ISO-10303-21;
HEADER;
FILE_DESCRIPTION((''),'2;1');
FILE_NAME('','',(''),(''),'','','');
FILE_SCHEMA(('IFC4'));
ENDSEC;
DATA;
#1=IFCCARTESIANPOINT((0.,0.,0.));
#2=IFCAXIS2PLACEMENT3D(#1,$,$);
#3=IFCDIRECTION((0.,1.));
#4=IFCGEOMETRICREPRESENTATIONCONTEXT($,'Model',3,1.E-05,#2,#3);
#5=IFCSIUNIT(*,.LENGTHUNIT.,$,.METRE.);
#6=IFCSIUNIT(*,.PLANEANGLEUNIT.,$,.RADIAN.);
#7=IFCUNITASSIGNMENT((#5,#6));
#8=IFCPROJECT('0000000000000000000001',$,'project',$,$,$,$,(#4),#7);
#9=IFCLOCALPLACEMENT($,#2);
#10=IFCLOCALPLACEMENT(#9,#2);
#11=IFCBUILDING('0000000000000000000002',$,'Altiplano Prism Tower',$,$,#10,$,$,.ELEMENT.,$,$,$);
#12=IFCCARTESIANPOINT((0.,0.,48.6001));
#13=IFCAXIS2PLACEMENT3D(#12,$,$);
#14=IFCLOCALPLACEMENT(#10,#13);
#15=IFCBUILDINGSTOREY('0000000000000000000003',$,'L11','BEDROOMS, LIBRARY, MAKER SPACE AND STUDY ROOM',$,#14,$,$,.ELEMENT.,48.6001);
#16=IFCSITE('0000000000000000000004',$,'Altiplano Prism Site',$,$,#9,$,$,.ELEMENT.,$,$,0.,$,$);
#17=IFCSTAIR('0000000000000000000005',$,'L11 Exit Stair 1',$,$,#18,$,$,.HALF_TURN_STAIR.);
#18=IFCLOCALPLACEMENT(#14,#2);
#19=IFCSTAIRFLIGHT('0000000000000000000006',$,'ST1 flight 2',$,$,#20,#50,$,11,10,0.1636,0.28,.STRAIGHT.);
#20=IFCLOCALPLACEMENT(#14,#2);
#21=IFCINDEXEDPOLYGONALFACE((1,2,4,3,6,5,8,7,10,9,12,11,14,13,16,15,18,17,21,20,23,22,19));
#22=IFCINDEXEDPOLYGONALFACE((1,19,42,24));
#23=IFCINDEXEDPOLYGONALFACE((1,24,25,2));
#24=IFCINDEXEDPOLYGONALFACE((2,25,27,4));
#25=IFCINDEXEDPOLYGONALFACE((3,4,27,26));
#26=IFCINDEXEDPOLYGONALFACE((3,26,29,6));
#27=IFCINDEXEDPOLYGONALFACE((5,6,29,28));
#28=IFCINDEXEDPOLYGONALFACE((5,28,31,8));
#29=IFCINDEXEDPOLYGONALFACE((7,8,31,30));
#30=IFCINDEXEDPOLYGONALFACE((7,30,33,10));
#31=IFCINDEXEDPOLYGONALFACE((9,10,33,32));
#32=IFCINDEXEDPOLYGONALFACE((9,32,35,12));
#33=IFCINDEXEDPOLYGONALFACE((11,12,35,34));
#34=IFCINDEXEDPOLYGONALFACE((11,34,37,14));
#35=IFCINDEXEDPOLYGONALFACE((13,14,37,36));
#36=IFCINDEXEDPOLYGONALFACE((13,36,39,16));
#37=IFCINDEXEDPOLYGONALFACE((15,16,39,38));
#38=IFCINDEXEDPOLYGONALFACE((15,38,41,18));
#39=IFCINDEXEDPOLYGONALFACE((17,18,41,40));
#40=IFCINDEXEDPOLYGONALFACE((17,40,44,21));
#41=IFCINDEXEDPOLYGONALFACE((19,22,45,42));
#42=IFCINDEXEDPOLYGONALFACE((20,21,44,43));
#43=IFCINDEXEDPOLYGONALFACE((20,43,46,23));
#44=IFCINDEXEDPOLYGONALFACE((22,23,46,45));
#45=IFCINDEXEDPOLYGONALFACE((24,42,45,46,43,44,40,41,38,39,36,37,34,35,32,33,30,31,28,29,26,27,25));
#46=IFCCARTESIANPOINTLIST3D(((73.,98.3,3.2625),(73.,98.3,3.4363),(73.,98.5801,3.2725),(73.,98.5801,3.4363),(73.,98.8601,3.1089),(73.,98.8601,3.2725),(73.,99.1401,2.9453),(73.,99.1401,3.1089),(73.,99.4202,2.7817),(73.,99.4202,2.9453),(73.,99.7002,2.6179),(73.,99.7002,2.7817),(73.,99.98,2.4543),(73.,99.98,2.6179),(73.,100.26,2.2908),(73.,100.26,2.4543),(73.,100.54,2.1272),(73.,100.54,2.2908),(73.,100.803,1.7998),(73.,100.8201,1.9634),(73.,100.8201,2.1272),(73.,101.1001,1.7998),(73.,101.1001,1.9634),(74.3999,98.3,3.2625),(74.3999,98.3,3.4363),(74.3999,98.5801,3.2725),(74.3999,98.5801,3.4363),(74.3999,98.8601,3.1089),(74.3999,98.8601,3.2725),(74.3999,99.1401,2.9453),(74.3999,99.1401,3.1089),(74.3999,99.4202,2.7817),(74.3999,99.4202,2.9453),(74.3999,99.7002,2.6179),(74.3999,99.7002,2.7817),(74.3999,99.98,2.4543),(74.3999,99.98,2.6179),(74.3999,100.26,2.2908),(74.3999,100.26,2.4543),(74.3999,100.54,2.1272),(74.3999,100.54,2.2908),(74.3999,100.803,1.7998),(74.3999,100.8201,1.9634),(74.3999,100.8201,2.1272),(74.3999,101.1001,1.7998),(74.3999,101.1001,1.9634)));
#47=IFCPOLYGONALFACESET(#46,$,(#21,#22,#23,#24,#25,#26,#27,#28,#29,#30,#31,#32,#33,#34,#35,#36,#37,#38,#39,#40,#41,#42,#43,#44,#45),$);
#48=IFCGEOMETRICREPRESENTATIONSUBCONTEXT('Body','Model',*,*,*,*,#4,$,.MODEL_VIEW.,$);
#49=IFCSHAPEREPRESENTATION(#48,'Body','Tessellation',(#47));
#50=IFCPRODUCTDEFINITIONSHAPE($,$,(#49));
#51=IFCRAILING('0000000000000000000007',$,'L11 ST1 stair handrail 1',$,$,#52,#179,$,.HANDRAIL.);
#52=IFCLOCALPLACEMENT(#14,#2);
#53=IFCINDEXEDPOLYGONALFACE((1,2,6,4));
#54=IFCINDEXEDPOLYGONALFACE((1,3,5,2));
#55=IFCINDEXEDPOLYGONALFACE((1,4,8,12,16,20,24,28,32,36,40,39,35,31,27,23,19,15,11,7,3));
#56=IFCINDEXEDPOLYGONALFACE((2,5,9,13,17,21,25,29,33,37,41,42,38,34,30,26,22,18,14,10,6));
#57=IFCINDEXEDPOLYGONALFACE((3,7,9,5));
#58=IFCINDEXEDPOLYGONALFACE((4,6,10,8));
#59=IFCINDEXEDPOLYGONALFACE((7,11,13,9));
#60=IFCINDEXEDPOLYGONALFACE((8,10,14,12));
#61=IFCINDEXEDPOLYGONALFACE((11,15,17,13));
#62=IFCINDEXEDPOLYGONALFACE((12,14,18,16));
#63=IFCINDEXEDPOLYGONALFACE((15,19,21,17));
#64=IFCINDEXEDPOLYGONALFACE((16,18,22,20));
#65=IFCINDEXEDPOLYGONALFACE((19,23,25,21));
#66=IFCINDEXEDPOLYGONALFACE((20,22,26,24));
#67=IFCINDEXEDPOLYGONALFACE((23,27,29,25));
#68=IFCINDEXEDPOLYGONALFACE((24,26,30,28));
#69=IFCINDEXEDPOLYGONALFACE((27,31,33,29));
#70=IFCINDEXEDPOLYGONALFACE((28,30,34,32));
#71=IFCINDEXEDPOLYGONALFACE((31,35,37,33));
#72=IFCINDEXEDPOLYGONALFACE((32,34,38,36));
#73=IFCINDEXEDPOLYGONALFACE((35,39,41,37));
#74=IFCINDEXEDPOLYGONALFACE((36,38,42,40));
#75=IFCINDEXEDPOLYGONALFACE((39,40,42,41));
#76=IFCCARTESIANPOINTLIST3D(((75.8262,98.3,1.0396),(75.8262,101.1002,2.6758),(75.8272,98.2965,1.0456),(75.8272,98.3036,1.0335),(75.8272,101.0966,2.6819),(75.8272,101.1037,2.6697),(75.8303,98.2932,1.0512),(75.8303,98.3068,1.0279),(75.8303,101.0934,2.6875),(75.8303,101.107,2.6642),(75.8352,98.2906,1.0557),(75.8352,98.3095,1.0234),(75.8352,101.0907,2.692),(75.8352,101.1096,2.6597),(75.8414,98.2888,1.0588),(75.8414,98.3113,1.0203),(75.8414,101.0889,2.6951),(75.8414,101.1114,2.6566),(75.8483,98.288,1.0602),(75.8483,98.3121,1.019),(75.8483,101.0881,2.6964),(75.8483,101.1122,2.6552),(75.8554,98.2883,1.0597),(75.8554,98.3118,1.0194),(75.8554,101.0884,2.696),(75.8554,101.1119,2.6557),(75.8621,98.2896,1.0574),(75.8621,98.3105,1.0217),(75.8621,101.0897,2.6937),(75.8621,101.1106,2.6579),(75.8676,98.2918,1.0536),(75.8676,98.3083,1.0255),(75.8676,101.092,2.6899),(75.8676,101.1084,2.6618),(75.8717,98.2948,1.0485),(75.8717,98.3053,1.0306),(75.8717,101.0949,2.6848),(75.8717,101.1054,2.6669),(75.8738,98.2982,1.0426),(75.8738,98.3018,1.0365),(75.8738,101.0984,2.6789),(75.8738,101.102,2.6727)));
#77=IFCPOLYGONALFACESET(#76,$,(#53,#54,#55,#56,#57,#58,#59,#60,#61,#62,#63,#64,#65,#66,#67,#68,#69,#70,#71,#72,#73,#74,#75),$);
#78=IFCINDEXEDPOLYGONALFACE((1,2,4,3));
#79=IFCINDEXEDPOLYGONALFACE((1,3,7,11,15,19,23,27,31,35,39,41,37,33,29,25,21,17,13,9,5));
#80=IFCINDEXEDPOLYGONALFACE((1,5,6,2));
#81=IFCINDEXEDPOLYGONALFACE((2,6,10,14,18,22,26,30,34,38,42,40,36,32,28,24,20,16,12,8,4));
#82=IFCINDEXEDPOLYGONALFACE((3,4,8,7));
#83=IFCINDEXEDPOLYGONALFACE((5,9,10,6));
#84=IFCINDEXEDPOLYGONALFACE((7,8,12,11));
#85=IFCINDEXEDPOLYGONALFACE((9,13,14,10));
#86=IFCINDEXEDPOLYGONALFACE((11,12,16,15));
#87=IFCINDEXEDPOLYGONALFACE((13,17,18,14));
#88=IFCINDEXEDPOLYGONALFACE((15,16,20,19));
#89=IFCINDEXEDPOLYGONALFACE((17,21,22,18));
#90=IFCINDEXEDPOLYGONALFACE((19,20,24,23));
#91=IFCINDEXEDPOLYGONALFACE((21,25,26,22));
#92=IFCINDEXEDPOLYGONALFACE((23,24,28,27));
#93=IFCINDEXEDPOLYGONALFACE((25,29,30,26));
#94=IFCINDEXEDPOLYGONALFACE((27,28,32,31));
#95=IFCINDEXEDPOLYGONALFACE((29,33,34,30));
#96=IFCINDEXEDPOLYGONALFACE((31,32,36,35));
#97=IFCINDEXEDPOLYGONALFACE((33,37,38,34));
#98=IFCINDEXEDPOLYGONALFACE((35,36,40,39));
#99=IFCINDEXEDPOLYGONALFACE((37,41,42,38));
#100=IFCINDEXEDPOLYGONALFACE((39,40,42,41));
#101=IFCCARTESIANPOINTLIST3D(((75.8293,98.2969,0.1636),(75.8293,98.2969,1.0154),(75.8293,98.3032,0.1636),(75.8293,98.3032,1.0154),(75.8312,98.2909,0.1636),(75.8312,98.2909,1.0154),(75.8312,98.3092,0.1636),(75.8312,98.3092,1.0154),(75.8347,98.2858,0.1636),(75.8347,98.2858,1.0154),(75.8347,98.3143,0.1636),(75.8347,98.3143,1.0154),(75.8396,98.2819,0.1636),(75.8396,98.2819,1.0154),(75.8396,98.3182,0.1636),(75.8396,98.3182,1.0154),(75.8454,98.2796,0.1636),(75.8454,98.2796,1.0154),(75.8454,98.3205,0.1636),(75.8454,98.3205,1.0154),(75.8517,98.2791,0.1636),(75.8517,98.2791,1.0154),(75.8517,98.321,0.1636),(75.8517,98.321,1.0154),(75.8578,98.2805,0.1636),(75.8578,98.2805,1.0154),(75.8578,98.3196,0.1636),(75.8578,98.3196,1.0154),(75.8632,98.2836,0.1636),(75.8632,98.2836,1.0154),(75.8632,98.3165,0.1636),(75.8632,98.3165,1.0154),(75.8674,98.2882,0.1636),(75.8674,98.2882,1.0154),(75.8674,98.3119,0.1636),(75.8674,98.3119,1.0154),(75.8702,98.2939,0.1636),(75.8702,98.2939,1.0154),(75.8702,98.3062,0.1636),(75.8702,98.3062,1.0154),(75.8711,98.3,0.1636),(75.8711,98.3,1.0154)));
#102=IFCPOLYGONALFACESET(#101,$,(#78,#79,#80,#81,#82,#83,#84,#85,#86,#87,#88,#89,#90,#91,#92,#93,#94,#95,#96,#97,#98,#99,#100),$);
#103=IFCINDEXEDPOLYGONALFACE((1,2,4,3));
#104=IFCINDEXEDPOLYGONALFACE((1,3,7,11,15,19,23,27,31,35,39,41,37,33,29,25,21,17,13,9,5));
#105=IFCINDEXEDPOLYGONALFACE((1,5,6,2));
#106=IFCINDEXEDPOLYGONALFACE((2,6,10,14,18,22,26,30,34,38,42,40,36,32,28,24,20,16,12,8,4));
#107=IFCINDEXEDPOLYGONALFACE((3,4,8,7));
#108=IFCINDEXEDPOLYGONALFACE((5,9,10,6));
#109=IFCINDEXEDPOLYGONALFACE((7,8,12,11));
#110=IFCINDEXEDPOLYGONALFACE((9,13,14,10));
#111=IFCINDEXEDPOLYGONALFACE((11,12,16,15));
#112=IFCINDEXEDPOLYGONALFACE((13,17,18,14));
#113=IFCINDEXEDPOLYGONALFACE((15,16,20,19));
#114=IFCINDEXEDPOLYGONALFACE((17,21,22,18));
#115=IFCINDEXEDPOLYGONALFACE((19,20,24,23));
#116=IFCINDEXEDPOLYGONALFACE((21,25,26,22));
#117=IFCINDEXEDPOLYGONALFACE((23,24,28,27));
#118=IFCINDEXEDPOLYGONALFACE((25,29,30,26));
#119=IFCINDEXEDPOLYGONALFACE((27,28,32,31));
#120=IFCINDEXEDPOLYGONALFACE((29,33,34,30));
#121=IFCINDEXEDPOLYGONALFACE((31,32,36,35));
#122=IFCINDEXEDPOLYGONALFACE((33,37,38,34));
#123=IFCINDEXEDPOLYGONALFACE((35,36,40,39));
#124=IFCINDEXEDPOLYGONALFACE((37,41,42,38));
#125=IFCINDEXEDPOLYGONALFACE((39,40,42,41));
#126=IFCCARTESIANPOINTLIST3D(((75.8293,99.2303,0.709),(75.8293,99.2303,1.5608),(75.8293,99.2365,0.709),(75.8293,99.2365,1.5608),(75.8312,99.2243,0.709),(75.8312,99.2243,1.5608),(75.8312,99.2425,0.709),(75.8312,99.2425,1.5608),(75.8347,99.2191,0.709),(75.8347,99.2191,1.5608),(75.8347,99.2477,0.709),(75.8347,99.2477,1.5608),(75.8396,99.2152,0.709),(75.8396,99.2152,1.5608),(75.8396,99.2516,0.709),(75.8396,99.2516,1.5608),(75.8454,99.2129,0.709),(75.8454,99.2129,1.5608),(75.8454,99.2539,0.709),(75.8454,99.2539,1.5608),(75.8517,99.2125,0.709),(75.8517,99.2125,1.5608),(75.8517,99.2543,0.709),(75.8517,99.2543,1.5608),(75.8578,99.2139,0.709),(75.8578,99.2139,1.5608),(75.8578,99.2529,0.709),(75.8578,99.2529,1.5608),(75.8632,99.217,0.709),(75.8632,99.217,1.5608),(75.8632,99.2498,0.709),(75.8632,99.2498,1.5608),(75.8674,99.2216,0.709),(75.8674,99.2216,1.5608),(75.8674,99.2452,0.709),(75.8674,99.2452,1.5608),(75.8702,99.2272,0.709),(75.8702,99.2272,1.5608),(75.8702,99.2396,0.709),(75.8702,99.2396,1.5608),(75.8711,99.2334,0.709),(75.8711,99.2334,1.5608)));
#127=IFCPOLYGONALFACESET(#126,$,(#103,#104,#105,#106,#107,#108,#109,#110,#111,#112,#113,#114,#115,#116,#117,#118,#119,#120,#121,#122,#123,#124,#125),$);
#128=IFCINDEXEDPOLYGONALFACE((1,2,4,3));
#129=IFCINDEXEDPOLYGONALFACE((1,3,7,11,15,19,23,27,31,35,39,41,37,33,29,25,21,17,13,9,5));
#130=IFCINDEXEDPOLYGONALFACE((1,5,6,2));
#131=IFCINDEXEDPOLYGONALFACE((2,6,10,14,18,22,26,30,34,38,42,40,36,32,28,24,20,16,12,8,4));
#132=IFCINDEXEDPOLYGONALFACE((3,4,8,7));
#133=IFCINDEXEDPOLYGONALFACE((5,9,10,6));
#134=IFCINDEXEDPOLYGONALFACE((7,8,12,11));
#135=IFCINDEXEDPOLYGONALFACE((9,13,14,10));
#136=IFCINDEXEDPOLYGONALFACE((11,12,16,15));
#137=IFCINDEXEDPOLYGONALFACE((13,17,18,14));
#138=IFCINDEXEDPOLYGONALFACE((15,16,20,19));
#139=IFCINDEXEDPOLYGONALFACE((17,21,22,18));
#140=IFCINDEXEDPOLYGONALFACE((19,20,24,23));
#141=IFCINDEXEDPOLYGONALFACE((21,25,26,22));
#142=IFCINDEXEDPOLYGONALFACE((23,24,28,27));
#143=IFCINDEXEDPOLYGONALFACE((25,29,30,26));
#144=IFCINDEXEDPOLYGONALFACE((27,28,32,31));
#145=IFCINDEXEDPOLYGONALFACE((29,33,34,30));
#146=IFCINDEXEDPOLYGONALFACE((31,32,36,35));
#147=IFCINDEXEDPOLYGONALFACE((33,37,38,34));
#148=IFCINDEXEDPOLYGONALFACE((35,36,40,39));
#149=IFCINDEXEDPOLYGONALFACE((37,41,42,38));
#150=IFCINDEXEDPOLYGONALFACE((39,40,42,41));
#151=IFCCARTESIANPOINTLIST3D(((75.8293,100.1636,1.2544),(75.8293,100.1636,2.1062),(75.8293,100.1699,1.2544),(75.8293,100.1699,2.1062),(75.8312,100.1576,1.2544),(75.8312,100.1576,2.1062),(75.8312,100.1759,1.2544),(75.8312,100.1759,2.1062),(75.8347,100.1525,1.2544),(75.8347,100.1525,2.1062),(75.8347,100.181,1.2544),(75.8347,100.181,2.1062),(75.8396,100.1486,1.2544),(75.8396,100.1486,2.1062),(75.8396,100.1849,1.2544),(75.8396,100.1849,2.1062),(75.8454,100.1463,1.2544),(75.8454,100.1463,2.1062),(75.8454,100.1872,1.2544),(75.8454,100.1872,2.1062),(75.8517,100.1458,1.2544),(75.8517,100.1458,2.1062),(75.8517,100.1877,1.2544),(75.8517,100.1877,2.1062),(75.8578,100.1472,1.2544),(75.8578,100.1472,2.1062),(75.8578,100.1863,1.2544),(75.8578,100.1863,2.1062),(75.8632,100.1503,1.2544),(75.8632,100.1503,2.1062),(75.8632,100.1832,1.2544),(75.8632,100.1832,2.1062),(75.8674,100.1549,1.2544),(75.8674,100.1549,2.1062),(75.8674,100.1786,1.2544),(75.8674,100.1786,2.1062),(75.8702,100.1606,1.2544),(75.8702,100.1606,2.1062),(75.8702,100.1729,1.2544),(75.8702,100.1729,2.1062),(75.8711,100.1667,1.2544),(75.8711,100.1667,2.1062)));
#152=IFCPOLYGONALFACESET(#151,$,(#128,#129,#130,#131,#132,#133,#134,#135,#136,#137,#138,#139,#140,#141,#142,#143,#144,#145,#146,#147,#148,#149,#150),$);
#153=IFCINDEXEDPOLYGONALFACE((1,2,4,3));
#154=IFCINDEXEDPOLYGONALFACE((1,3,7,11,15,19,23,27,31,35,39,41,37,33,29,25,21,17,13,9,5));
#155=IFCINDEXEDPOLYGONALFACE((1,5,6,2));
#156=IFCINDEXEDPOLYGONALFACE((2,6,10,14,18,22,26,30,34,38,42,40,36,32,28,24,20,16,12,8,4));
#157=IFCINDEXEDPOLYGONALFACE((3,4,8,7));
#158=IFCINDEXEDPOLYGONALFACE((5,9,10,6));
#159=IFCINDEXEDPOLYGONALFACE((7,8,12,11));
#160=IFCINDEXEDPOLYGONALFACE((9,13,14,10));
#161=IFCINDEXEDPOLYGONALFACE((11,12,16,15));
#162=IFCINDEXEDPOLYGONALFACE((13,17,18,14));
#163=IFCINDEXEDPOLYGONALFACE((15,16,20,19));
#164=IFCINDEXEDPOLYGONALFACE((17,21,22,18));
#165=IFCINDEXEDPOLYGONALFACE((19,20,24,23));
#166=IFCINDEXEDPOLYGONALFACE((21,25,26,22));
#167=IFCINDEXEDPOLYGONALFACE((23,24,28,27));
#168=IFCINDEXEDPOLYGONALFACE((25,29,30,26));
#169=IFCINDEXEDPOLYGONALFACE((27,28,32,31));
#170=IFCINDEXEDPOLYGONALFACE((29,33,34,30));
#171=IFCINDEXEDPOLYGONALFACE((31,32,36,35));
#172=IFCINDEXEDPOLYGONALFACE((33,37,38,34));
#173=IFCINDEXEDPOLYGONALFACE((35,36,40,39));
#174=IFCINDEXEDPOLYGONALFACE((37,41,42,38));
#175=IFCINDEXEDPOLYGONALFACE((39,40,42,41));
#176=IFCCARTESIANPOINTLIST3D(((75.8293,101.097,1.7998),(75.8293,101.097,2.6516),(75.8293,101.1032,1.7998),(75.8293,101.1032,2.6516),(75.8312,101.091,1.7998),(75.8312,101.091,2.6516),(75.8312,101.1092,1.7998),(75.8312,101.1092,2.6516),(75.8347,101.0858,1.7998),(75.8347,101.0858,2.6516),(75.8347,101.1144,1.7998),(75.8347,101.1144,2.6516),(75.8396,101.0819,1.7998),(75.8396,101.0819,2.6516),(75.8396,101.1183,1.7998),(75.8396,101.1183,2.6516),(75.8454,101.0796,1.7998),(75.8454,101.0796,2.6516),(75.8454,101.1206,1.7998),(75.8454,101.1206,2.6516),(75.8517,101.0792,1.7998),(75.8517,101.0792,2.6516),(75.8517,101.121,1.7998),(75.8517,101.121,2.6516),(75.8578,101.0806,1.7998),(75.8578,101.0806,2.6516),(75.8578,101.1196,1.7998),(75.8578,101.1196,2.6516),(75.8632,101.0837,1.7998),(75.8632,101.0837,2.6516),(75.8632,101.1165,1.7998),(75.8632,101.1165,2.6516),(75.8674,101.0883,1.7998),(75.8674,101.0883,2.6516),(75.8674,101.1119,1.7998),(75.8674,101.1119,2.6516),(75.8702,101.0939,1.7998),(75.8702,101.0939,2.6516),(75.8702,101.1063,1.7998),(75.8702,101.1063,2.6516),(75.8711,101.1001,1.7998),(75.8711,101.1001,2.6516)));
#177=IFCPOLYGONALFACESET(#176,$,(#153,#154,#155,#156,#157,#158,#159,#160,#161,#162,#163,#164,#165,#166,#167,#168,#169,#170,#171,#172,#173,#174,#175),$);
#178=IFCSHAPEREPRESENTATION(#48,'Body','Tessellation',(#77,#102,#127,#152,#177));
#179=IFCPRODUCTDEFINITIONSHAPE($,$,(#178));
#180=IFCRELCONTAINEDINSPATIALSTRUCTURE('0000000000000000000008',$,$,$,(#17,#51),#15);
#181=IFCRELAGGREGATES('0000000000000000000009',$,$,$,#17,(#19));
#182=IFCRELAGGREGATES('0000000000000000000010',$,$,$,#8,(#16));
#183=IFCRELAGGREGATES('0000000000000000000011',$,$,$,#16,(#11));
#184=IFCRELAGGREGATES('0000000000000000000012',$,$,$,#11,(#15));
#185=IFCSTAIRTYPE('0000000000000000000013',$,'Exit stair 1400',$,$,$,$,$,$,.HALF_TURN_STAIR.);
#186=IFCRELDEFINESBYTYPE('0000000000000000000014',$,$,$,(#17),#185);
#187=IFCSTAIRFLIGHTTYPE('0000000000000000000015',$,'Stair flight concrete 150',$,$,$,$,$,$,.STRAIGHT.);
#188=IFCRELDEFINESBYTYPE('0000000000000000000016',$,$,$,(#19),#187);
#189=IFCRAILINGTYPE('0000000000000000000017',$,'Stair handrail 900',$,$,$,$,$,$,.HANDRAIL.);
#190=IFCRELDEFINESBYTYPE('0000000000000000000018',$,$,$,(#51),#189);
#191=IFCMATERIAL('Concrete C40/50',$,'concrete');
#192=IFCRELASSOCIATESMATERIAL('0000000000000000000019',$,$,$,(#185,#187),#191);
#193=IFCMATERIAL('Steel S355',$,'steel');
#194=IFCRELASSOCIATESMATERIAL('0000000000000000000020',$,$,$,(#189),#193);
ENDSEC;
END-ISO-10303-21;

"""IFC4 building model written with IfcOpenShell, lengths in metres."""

from ifc_helpers import new_model, si_unit, direction, frame, origin, origin_2d, place, context, subcontext, project, spatial, polyline, circle, outline, extrude, material, type_object, element, aggregate, save


model = new_model("IFC4")

# Units and contexts
model_context = context("Model", 3, precision=1e-05, world=origin(), true_north=direction((0.0, 1.0)))
body_context = subcontext(model_context, "Body", "Model", "MODEL_VIEW")
ifc_project = project(units=[si_unit("LENGTHUNIT", "METRE"), si_unit("PLANEANGLEUNIT", "RADIAN")], contexts=[model_context])

# Site, building, storey
site_placement = place(None, origin())
site = spatial("IfcSite", under=ifc_project, at=site_placement, Name="Altiplano Prism Site", CompositionType="ELEMENT", RefElevation=0.0)
building_placement = place(site_placement, origin())
building = spatial("IfcBuilding", under=site, at=building_placement, Name="Altiplano Prism Tower", CompositionType="ELEMENT")
storey_placement = place(building_placement, frame((0.0, 0.0, 48.6001)))
storey = spatial("IfcBuildingStorey", under=building, at=storey_placement, Name="L11", Description="BEDROOMS, LIBRARY, MAKER SPACE AND STUDY ROOM", CompositionType="ELEMENT", Elevation=48.6001)

# Stair, stair flight
ifc_material_1 = material(Name="Concrete C40/50", Category="concrete")
stair_type = type_object("IfcStairType", Name="Exit stair 1400", PredefinedType="HALF_TURN_STAIR", material=ifc_material_1)
stair_placement = place(storey_placement, origin())
stair = element("IfcStair", 1, at=stair_placement, inside=storey, type_object=stair_type, Name="L11 Exit Stair 1", PredefinedType="HALF_TURN_STAIR")
stair_flight_type = type_object("IfcStairFlightType", Name="Stair flight concrete 150", PredefinedType="STRAIGHT", material=ifc_material_1)
stair_flight_1_placement = place(storey_placement, frame((73.7, 101.1001, 1.7998), z_axis=(0.0, 0.0, 1.0), x_axis=(0.0, -1.0, 0.0)))
stair_flight_1 = element("IfcStairFlight", 2, at=stair_flight_1_placement, type_object=stair_flight_type, Name="ST1 flight 2", NumberOfRisers=11, NumberOfTreads=10, PredefinedType="STRAIGHT", RiserHeight=0.1636, TreadLength=0.28, context=body_context, shape_type="SweptSolid", body=[
    extrude(outline(polyline([(0.0, 0.0), (0.0, 0.1636), (0.28, 0.1636), (0.28, 0.3274), (0.5601, 0.3274), (0.5601, 0.491), (0.8401, 0.491), (0.8401, 0.6545), (1.1201, 0.6545), (1.1201, 0.8181), (1.3999, 0.8181), (1.3999, 0.9819), (1.6799, 0.9819), (1.6799, 1.1455), (1.96, 1.1455), (1.96, 1.3091), (2.24, 1.3091), (2.24, 1.4727), (2.52, 1.4727), (2.52, 1.6365), (2.8, 1.6365), (2.8, 1.8), (2.8, 1.4626), (0.2971, 0.0), (0.0, 0.0)])), frame((0.0, 0.7, 0.0), z_axis=(0.0, -1.0, 0.0), x_axis=(1.0, 0.0, 0.0)), (0.0, 0.0, 1.0), 1.3999),
])
aggregate(stair, [stair_flight_1])

# Railing
ifc_material_2 = material(Name="Steel S355", Category="steel")
railing_type_1 = type_object("IfcRailingType", Name="Stair handrail 900", PredefinedType="HANDRAIL", material=ifc_material_2)
railing_1_placement = place(storey_placement, frame((75.8501, 98.3, 0.1636)))
element("IfcRailing", 3, at=railing_1_placement, inside=storey, type_object=railing_type_1, Name="L11 ST1 stair handrail 1", PredefinedType="HANDRAIL", context=body_context, shape_type="SweptSolid", body=[
    extrude(circle(Radius=0.0239, at=origin_2d()), frame((0.0, 0.0, 0.876), z_axis=(0.0, 0.863394, 0.504531), x_axis=(-1.0, 0.0, 0.0)), (0.0, 0.0, 1.0), 3.2432),
    extrude(circle(Radius=0.021, at=origin_2d()), origin(), (0.0, 0.0, 1.0), 0.8518),
    extrude(circle(Radius=0.021, at=origin_2d()), frame((0.0, 0.9333, 0.5454)), (0.0, 0.0, 1.0), 0.8518),
    extrude(circle(Radius=0.021, at=origin_2d()), frame((0.0, 1.8667, 1.0908)), (0.0, 0.0, 1.0), 0.8518),
    extrude(circle(Radius=0.021, at=origin_2d()), frame((0.0, 2.8, 1.6362)), (0.0, 0.0, 1.0), 0.8518),
])

save(model, "model.ifc")
